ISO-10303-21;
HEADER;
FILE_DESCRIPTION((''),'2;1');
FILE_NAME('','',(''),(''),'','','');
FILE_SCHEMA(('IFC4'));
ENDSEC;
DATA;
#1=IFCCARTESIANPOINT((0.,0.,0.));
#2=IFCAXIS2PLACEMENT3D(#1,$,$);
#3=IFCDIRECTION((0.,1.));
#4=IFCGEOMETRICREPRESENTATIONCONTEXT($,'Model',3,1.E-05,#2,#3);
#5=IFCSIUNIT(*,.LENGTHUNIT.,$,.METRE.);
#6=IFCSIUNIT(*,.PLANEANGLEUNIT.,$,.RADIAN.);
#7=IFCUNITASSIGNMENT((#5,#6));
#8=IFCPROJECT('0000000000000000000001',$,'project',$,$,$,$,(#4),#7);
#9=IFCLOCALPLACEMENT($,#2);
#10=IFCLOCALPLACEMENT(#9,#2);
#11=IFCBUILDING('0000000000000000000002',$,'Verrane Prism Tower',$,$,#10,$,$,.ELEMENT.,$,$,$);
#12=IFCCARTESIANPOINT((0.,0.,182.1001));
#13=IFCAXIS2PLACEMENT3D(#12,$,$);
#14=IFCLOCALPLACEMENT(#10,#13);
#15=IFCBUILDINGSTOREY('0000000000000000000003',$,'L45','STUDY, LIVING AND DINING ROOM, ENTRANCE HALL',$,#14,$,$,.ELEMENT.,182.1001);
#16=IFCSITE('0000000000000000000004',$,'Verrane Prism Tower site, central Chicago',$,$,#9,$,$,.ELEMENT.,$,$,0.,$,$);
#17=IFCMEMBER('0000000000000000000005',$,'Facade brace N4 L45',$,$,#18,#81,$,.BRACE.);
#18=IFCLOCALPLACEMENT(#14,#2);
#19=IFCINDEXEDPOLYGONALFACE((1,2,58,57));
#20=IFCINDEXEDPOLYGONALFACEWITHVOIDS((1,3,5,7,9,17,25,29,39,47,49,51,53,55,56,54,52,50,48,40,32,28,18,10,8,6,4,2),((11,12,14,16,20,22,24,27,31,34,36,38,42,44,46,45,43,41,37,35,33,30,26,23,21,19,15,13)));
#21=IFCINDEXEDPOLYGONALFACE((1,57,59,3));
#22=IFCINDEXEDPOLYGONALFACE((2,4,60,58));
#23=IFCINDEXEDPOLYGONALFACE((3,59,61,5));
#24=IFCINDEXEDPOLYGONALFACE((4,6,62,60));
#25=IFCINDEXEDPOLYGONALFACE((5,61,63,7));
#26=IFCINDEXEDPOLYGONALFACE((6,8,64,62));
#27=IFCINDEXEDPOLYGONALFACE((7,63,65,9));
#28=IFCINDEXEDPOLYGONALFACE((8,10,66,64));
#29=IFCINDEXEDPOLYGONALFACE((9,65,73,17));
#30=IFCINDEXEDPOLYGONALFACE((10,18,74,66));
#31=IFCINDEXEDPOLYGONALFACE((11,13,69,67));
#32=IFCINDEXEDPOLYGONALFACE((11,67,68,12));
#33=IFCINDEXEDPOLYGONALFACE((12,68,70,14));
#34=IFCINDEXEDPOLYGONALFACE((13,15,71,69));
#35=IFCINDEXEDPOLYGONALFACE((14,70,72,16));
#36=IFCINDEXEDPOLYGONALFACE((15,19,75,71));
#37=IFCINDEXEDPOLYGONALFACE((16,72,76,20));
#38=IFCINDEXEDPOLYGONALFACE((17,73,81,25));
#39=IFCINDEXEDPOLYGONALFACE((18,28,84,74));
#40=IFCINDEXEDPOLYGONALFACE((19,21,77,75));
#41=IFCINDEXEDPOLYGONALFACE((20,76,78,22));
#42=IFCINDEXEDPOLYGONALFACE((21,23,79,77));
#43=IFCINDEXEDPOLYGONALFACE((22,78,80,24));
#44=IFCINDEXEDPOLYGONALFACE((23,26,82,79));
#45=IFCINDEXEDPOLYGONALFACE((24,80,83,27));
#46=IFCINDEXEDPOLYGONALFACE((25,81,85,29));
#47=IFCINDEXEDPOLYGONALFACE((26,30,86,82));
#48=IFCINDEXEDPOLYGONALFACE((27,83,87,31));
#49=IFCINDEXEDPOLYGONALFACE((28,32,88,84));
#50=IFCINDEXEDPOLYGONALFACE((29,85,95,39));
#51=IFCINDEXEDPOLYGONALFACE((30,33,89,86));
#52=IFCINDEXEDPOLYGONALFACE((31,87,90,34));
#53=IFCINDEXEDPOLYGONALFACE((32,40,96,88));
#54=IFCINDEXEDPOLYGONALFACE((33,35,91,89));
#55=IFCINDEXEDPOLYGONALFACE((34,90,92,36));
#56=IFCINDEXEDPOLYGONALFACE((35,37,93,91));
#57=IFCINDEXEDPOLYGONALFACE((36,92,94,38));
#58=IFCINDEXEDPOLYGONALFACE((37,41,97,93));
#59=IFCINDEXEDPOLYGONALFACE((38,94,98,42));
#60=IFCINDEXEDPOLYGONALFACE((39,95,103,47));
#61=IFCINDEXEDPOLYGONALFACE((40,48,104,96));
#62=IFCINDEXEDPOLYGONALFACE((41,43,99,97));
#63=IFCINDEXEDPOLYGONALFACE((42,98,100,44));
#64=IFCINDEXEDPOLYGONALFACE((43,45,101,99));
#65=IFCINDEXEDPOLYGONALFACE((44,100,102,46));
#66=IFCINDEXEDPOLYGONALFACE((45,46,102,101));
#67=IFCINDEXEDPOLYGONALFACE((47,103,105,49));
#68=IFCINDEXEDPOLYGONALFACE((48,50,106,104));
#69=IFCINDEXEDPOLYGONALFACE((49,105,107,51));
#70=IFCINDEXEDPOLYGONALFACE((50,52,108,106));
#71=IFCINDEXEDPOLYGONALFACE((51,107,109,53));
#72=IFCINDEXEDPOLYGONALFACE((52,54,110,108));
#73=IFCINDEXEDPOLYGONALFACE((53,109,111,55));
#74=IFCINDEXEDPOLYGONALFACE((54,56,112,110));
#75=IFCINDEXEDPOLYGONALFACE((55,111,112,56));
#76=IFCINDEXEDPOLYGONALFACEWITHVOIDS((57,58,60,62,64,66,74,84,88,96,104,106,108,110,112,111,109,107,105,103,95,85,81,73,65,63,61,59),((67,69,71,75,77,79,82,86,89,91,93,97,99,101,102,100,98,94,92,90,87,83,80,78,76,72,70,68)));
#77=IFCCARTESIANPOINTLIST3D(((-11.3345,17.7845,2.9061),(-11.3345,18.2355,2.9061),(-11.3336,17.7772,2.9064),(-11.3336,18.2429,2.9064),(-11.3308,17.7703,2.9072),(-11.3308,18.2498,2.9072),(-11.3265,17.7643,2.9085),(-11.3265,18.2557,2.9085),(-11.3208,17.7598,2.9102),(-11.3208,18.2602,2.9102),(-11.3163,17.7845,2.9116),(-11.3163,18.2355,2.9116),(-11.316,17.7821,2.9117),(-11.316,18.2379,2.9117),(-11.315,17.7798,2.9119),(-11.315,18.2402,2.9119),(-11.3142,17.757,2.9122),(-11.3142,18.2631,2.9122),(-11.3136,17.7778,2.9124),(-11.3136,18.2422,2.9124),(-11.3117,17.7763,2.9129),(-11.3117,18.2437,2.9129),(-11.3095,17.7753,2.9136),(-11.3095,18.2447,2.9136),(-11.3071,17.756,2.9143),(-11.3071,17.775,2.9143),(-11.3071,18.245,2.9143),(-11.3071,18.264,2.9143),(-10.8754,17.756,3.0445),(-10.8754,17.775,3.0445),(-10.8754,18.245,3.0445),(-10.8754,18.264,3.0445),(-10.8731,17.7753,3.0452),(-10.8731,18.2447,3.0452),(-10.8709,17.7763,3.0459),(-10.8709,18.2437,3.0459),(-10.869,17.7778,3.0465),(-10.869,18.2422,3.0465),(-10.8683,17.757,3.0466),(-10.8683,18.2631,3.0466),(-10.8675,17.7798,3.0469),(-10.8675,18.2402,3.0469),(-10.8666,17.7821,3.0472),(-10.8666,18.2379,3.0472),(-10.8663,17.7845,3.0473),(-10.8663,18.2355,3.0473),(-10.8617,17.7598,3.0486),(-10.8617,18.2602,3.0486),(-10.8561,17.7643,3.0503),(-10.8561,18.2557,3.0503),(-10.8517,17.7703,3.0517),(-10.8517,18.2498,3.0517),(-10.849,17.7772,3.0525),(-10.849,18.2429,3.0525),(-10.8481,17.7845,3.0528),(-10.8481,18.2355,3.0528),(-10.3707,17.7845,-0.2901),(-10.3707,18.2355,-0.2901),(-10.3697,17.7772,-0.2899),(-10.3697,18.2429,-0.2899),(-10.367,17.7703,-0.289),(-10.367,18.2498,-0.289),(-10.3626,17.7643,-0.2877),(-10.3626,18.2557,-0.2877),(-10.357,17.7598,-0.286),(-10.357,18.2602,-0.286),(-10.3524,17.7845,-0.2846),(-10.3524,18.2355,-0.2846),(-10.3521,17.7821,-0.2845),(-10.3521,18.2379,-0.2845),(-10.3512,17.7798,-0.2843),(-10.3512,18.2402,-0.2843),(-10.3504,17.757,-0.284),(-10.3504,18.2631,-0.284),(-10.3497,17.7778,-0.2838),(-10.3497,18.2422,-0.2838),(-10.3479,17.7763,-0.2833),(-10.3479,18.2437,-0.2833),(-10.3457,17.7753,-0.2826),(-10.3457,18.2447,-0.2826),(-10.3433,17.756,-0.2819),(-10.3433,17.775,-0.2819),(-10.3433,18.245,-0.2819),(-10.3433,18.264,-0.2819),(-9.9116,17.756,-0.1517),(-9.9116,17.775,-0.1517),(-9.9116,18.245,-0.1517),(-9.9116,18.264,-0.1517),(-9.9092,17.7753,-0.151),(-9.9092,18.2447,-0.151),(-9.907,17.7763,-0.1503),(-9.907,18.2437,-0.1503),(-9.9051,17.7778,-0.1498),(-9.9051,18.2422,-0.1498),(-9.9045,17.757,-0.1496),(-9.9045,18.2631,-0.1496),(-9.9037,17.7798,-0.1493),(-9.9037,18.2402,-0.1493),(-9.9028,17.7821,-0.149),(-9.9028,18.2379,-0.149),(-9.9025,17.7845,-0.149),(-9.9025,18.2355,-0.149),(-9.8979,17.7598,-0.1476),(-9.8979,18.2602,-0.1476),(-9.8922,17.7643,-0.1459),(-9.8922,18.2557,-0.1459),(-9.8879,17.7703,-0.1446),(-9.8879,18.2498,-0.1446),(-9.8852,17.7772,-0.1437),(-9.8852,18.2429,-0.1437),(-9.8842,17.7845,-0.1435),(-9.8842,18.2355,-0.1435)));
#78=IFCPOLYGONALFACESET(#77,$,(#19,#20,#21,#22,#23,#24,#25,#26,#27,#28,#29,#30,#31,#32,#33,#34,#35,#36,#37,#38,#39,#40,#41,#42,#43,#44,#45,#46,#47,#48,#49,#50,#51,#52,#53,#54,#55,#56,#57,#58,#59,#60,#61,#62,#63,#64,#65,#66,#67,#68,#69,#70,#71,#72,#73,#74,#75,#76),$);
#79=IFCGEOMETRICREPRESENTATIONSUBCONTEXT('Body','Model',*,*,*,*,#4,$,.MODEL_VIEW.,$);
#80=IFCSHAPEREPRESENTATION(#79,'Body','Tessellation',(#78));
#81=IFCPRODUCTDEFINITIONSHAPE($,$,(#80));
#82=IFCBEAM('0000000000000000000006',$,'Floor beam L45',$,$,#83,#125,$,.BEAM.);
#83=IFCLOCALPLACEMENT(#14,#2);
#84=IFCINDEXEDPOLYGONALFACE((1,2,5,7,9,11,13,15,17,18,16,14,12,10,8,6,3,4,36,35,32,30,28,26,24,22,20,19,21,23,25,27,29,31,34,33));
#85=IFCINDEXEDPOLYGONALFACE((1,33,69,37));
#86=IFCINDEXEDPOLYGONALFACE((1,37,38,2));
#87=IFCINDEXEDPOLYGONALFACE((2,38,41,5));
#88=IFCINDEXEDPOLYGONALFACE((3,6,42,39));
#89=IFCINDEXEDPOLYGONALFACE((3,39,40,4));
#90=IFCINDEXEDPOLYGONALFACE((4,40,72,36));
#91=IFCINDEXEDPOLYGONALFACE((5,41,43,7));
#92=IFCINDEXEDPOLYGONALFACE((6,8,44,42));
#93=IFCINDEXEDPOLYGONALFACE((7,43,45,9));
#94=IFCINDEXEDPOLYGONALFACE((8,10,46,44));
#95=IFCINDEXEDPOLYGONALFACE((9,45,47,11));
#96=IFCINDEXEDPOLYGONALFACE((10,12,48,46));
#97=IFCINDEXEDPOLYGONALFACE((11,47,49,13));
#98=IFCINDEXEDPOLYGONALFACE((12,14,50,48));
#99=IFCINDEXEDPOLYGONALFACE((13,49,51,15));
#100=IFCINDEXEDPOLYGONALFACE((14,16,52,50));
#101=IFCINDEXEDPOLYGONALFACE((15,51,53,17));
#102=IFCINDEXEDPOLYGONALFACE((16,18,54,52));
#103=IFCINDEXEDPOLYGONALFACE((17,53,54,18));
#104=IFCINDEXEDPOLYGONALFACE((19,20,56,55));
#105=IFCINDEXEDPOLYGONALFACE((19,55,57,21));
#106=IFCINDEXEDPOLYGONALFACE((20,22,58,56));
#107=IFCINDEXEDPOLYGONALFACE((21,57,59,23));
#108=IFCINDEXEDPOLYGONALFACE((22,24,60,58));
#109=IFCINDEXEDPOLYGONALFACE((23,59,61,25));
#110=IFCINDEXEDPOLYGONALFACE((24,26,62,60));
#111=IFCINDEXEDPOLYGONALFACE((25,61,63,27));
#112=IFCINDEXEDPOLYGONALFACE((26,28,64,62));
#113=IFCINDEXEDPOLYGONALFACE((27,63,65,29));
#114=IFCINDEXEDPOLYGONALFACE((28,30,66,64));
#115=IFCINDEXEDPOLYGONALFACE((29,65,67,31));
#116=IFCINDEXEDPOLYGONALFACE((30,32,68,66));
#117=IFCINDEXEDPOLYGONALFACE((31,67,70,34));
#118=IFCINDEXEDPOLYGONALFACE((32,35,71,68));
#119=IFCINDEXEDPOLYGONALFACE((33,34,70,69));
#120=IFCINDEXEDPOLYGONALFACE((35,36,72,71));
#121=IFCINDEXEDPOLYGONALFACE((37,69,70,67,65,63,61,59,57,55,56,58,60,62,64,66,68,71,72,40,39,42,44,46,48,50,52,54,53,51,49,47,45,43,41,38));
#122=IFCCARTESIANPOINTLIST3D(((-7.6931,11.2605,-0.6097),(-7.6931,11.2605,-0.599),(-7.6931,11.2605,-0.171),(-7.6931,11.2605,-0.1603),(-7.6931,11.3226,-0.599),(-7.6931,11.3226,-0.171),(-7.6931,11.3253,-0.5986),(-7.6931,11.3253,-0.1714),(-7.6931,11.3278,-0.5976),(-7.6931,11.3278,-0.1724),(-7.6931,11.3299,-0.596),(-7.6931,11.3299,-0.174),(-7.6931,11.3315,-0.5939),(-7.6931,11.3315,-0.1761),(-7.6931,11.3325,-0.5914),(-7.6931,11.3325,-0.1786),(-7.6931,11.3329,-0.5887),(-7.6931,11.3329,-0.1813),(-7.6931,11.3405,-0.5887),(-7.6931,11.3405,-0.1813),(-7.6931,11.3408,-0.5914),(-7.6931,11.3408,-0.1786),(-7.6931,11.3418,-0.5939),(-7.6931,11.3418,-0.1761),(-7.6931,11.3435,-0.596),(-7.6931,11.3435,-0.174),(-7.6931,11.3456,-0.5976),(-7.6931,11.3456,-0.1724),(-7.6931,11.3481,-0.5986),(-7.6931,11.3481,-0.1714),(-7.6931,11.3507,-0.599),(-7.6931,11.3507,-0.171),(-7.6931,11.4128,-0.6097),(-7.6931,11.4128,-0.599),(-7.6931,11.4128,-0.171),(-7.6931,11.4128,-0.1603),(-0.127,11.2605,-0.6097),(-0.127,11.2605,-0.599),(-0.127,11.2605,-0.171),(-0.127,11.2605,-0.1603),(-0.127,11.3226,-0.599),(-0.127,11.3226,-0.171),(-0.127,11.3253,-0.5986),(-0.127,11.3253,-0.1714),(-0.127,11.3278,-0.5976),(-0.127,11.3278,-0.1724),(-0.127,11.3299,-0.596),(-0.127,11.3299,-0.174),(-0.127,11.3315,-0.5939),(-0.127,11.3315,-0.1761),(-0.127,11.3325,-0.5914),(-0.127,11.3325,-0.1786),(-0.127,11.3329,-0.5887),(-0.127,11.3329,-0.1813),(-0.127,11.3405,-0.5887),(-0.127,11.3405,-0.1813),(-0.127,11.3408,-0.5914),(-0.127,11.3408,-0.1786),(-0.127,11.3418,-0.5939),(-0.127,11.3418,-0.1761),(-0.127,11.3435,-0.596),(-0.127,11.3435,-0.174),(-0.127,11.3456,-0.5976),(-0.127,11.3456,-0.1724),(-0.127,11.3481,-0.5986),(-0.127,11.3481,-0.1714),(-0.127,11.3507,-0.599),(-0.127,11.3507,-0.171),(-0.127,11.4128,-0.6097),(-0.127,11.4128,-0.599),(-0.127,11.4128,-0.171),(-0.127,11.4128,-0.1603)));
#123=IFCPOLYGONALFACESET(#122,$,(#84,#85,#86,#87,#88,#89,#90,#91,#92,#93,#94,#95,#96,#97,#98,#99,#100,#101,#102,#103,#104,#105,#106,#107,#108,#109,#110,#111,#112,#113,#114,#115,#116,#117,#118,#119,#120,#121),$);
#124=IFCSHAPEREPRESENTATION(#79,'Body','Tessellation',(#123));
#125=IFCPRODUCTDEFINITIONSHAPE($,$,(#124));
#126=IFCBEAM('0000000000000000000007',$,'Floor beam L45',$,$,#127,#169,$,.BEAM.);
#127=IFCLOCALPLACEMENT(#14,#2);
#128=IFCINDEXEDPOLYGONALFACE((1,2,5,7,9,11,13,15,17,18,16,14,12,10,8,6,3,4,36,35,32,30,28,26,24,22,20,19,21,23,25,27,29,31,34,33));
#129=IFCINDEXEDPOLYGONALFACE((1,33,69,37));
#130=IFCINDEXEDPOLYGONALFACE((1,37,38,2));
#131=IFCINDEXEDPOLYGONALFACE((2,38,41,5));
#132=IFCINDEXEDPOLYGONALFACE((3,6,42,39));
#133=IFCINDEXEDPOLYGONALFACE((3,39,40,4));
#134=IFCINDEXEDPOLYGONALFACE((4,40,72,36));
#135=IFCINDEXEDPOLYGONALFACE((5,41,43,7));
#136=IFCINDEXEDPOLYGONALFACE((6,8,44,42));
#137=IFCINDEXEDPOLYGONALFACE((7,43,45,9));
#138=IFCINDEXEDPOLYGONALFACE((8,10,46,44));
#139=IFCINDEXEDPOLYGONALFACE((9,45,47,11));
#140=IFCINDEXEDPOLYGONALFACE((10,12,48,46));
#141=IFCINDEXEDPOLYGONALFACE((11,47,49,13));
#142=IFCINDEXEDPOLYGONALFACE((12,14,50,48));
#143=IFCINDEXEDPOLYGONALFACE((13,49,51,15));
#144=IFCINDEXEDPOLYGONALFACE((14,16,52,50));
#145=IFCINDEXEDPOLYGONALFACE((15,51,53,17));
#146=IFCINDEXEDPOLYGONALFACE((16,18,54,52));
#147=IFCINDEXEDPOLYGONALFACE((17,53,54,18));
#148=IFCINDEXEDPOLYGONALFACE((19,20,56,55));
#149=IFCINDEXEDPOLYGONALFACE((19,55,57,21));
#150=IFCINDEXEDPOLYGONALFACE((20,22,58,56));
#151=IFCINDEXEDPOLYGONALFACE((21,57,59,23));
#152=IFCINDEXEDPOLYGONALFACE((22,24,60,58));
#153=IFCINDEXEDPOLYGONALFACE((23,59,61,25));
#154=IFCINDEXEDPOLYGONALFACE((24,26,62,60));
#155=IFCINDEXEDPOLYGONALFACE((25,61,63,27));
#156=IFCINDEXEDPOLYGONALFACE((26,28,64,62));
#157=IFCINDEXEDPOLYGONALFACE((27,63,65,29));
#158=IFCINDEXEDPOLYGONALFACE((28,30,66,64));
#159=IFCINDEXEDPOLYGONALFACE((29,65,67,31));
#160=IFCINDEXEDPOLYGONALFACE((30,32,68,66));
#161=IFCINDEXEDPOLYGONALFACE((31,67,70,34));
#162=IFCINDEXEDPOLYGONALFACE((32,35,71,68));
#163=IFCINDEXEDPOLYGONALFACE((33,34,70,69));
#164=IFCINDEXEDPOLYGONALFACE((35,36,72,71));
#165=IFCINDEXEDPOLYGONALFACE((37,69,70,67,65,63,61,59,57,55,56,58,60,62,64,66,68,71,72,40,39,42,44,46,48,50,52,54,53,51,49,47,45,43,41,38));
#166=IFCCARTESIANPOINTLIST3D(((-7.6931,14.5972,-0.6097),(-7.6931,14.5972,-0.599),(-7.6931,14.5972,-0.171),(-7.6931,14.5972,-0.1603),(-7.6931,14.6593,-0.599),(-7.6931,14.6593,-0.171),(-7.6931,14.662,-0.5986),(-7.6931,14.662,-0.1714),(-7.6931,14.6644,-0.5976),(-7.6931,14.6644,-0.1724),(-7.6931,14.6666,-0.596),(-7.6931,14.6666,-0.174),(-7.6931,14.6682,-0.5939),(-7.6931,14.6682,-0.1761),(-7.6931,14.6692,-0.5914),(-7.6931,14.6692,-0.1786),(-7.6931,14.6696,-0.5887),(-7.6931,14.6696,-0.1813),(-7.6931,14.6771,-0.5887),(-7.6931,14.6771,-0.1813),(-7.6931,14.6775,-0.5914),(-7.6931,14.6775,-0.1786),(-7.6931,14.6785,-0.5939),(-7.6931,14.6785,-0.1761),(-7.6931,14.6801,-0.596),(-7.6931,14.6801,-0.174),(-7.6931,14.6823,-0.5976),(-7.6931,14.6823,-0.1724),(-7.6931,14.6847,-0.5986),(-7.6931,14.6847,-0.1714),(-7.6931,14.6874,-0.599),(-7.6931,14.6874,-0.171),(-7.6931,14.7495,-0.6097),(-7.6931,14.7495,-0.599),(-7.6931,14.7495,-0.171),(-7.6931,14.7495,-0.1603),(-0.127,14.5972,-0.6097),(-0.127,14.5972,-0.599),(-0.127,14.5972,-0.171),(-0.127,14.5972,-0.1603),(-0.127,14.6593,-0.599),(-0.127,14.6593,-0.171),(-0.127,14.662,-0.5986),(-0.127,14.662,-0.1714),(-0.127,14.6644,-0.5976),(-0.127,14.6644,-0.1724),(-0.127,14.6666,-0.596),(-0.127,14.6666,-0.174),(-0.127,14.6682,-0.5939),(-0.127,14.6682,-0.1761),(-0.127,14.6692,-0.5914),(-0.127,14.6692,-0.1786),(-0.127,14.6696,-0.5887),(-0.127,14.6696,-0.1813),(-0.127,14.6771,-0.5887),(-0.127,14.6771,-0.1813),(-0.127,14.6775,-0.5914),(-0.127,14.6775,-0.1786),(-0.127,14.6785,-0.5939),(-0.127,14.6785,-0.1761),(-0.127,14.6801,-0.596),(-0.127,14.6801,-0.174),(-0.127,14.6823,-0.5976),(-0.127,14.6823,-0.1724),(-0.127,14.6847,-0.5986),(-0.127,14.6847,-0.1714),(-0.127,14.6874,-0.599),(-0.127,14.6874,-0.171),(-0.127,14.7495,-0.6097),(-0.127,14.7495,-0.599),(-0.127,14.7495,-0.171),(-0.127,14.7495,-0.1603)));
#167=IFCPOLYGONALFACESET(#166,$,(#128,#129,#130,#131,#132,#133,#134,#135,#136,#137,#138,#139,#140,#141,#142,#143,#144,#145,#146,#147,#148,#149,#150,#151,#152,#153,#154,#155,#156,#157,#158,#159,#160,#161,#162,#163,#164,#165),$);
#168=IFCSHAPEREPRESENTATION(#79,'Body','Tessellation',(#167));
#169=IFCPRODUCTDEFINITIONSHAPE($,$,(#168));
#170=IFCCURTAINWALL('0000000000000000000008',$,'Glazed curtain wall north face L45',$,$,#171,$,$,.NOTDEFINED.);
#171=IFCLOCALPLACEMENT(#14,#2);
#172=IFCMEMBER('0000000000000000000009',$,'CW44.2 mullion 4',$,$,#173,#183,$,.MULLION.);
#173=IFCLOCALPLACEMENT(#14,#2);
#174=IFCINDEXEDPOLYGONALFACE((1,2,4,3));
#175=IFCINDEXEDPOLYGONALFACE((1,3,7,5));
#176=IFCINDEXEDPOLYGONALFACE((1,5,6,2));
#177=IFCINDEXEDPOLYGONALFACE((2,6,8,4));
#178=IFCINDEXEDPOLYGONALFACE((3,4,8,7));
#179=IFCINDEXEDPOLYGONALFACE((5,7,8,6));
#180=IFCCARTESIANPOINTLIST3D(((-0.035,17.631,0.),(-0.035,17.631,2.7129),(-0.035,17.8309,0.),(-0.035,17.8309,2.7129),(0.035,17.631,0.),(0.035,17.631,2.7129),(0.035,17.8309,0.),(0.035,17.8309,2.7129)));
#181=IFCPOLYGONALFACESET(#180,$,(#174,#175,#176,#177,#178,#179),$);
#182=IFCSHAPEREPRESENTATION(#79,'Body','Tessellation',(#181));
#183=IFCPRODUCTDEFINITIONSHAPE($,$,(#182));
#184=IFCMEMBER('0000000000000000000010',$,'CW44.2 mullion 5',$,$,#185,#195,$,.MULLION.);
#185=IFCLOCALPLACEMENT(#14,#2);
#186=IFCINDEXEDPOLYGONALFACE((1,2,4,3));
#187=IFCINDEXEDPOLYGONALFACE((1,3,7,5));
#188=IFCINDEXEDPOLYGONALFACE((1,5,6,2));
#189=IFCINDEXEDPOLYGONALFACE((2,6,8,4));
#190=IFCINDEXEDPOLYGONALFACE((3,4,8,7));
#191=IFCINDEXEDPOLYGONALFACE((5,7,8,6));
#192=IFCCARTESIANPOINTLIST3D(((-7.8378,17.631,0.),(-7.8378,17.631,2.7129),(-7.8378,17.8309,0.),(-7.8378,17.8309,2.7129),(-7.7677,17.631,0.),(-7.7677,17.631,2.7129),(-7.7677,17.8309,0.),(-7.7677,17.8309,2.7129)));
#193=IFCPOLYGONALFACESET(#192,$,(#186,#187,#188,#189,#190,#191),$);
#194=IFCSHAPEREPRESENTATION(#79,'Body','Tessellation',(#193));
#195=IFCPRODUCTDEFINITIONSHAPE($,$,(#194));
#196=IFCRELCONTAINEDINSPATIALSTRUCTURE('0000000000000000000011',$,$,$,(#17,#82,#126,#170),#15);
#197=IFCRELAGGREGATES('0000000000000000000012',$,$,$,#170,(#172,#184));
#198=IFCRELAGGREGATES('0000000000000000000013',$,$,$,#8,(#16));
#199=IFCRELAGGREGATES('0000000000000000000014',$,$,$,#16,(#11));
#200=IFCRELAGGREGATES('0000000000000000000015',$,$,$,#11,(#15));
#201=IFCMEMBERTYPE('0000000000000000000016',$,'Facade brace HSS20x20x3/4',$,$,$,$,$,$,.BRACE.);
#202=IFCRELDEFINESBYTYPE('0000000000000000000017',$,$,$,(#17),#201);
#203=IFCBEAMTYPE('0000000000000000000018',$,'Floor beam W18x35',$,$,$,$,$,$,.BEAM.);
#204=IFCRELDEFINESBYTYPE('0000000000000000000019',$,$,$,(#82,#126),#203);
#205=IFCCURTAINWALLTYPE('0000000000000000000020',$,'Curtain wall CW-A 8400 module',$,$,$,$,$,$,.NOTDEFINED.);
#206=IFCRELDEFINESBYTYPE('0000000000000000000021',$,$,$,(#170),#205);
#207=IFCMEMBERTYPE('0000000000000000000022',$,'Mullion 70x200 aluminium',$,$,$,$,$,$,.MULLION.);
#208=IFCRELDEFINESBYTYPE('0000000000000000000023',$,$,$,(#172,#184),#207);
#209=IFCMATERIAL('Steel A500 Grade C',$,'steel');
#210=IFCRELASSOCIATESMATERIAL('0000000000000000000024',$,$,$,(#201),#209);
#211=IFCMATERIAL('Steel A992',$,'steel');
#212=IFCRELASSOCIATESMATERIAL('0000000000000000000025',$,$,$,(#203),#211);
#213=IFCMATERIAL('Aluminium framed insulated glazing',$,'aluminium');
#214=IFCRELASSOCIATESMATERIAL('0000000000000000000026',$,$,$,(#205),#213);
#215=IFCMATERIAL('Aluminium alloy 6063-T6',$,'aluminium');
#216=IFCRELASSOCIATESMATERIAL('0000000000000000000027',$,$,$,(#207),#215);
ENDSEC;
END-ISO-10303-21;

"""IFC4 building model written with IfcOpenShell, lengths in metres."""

from ifc_helpers import new_model, si_unit, direction, frame, origin, origin_2d, place, context, subcontext, project, spatial, rectangle, hollow_rectangle, i_section, extrude, material, material_profile, profile_set, type_object, element, aggregate, save


model = new_model("IFC4")

# Units and contexts
model_context = context("Model", 3, precision=1e-05, world=origin(), true_north=direction((0.0, 1.0)))
body_context = subcontext(model_context, "Body", "Model", "MODEL_VIEW")
ifc_project = project(units=[si_unit("LENGTHUNIT", "METRE"), si_unit("PLANEANGLEUNIT", "RADIAN")], contexts=[model_context])

# Site, building, storey
site_placement = place(None, origin())
site = spatial("IfcSite", under=ifc_project, at=site_placement, Name="Verrane Prism Tower site, central Chicago", CompositionType="ELEMENT", RefElevation=0.0)
building_placement = place(site_placement, origin())
building = spatial("IfcBuilding", under=site, at=building_placement, Name="Verrane Prism Tower", CompositionType="ELEMENT")
storey_placement = place(building_placement, frame((0.0, 0.0, 182.1001)))
storey = spatial("IfcBuildingStorey", under=building, at=storey_placement, Name="L45", Description="STUDY, LIVING AND DINING ROOM, ENTRANCE HALL", CompositionType="ELEMENT", Elevation=182.1001)

# Member
ifc_material_1 = material(Name="Steel A500 Grade C", Category="steel")
ifc_material_profile_1 = material_profile(ifc_material_1, hollow_rectangle(XDim=0.5081, YDim=0.5081, WallThickness=0.019, InnerFilletRadius=0.0095, OuterFilletRadius=0.0286, at=origin_2d()), Name="HSS20x20x3/4")
ifc_profile_set_1 = profile_set([ifc_material_profile_1], Name="Steel A500 Grade C")
member_type_1 = type_object("IfcMemberType", Name="Facade brace HSS20x20x3/4", PredefinedType="BRACE", material=ifc_profile_set_1)
member_1_placement = place(storey_placement, frame((-10.1274, 18.01, -0.2168), z_axis=(-0.288716, 0.0, 0.957415), x_axis=(0.0, -1.0, 0.0)))
element("IfcMember", 1, at=member_1_placement, inside=storey, type_object=member_type_1, Name="Facade brace N4 L45", PredefinedType="BRACE", context=body_context, shape_type="SweptSolid", body=[
    extrude(hollow_rectangle(XDim=0.5081, YDim=0.5081, WallThickness=0.019, InnerFilletRadius=0.0095, OuterFilletRadius=0.0286, at=origin_2d()), origin(), (0.0, 0.0, 1.0), 3.3384),
])

# Beams
ifc_material_2 = material(Name="Steel A992", Category="steel")
ifc_material_profile_2 = material_profile(ifc_material_2, i_section(OverallWidth=0.1523, OverallDepth=0.4495, WebThickness=0.0076, FlangeThickness=0.0107, FilletRadius=0.0103, at=origin_2d()), Name="W18x35")
ifc_profile_set_2 = profile_set([ifc_material_profile_2], Name="Steel A992")
beam_type_1 = type_object("IfcBeamType", Name="Floor beam W18x35", PredefinedType="BEAM", material=ifc_profile_set_2)
for number, where, z_axis, x_axis, name in (
    (2, (-7.6931, 11.3367, -0.385), (1.0, 0.0, 0.0), (0.0, 1.0, 0.0), "Floor beam L45"),
    (3, (-7.6931, 14.6733, -0.385), (1.0, 0.0, 0.0), (0.0, 1.0, 0.0), "Floor beam L45"),
):
    element("IfcBeam", number, at=place(storey_placement, frame(where, z_axis=z_axis, x_axis=x_axis)), inside=storey, type_object=beam_type_1, Name=name, PredefinedType="BEAM", context=body_context, shape_type="SweptSolid", body=[
        extrude(i_section(OverallWidth=0.1523, OverallDepth=0.4495, WebThickness=0.0076, FlangeThickness=0.0107, FilletRadius=0.0103, at=origin_2d()), origin(), (0.0, 0.0, 1.0), 7.5662),
    ])

# Curtain wall, members
ifc_material_3 = material(Name="Aluminium framed insulated glazing", Category="aluminium")
curtain_wall_type = type_object("IfcCurtainWallType", Name="Curtain wall CW-A 8400 module", PredefinedType="NOTDEFINED", material=ifc_material_3)
curtain_wall_placement = place(storey_placement, origin())
curtain_wall = element("IfcCurtainWall", 4, at=curtain_wall_placement, inside=storey, type_object=curtain_wall_type, Name="Glazed curtain wall north face L45", PredefinedType="NOTDEFINED")
ifc_material_4 = material(Name="Aluminium alloy 6063-T6", Category="aluminium")
ifc_material_profile_3 = material_profile(ifc_material_4, rectangle(XDim=0.2, YDim=0.0701, at=origin_2d()), Name="Mullion 70x200 aluminium")
ifc_profile_set_3 = profile_set([ifc_material_profile_3], Name="Aluminium alloy 6063-T6")
member_type_2 = type_object("IfcMemberType", Name="Mullion 70x200 aluminium", PredefinedType="MULLION", material=ifc_profile_set_3)
member_2_placement = place(storey_placement, frame((0.0, 17.731, 0.0), z_axis=(0.0, 0.0, 1.0), x_axis=(0.0, -1.0, 0.0)))
member_2 = element("IfcMember", 5, at=member_2_placement, type_object=member_type_2, Name="CW44.2 mullion 4", PredefinedType="MULLION", context=body_context, shape_type="SweptSolid", body=[
    extrude(rectangle(XDim=0.2, YDim=0.0701, at=origin_2d()), origin(), (0.0, 0.0, 1.0), 2.7129),
])
member_3_placement = place(storey_placement, frame((-7.8027, 17.731, 0.0), z_axis=(0.0, 0.0, 1.0), x_axis=(0.0, -1.0, 0.0)))
member_3 = element("IfcMember", 6, at=member_3_placement, type_object=member_type_2, Name="CW44.2 mullion 5", PredefinedType="MULLION", context=body_context, shape_type="SweptSolid", body=[
    extrude(rectangle(XDim=0.2, YDim=0.0701, at=origin_2d()), origin(), (0.0, 0.0, 1.0), 2.7129),
])

aggregate(curtain_wall, [member_2, member_3])

save(model, "model.ifc")
